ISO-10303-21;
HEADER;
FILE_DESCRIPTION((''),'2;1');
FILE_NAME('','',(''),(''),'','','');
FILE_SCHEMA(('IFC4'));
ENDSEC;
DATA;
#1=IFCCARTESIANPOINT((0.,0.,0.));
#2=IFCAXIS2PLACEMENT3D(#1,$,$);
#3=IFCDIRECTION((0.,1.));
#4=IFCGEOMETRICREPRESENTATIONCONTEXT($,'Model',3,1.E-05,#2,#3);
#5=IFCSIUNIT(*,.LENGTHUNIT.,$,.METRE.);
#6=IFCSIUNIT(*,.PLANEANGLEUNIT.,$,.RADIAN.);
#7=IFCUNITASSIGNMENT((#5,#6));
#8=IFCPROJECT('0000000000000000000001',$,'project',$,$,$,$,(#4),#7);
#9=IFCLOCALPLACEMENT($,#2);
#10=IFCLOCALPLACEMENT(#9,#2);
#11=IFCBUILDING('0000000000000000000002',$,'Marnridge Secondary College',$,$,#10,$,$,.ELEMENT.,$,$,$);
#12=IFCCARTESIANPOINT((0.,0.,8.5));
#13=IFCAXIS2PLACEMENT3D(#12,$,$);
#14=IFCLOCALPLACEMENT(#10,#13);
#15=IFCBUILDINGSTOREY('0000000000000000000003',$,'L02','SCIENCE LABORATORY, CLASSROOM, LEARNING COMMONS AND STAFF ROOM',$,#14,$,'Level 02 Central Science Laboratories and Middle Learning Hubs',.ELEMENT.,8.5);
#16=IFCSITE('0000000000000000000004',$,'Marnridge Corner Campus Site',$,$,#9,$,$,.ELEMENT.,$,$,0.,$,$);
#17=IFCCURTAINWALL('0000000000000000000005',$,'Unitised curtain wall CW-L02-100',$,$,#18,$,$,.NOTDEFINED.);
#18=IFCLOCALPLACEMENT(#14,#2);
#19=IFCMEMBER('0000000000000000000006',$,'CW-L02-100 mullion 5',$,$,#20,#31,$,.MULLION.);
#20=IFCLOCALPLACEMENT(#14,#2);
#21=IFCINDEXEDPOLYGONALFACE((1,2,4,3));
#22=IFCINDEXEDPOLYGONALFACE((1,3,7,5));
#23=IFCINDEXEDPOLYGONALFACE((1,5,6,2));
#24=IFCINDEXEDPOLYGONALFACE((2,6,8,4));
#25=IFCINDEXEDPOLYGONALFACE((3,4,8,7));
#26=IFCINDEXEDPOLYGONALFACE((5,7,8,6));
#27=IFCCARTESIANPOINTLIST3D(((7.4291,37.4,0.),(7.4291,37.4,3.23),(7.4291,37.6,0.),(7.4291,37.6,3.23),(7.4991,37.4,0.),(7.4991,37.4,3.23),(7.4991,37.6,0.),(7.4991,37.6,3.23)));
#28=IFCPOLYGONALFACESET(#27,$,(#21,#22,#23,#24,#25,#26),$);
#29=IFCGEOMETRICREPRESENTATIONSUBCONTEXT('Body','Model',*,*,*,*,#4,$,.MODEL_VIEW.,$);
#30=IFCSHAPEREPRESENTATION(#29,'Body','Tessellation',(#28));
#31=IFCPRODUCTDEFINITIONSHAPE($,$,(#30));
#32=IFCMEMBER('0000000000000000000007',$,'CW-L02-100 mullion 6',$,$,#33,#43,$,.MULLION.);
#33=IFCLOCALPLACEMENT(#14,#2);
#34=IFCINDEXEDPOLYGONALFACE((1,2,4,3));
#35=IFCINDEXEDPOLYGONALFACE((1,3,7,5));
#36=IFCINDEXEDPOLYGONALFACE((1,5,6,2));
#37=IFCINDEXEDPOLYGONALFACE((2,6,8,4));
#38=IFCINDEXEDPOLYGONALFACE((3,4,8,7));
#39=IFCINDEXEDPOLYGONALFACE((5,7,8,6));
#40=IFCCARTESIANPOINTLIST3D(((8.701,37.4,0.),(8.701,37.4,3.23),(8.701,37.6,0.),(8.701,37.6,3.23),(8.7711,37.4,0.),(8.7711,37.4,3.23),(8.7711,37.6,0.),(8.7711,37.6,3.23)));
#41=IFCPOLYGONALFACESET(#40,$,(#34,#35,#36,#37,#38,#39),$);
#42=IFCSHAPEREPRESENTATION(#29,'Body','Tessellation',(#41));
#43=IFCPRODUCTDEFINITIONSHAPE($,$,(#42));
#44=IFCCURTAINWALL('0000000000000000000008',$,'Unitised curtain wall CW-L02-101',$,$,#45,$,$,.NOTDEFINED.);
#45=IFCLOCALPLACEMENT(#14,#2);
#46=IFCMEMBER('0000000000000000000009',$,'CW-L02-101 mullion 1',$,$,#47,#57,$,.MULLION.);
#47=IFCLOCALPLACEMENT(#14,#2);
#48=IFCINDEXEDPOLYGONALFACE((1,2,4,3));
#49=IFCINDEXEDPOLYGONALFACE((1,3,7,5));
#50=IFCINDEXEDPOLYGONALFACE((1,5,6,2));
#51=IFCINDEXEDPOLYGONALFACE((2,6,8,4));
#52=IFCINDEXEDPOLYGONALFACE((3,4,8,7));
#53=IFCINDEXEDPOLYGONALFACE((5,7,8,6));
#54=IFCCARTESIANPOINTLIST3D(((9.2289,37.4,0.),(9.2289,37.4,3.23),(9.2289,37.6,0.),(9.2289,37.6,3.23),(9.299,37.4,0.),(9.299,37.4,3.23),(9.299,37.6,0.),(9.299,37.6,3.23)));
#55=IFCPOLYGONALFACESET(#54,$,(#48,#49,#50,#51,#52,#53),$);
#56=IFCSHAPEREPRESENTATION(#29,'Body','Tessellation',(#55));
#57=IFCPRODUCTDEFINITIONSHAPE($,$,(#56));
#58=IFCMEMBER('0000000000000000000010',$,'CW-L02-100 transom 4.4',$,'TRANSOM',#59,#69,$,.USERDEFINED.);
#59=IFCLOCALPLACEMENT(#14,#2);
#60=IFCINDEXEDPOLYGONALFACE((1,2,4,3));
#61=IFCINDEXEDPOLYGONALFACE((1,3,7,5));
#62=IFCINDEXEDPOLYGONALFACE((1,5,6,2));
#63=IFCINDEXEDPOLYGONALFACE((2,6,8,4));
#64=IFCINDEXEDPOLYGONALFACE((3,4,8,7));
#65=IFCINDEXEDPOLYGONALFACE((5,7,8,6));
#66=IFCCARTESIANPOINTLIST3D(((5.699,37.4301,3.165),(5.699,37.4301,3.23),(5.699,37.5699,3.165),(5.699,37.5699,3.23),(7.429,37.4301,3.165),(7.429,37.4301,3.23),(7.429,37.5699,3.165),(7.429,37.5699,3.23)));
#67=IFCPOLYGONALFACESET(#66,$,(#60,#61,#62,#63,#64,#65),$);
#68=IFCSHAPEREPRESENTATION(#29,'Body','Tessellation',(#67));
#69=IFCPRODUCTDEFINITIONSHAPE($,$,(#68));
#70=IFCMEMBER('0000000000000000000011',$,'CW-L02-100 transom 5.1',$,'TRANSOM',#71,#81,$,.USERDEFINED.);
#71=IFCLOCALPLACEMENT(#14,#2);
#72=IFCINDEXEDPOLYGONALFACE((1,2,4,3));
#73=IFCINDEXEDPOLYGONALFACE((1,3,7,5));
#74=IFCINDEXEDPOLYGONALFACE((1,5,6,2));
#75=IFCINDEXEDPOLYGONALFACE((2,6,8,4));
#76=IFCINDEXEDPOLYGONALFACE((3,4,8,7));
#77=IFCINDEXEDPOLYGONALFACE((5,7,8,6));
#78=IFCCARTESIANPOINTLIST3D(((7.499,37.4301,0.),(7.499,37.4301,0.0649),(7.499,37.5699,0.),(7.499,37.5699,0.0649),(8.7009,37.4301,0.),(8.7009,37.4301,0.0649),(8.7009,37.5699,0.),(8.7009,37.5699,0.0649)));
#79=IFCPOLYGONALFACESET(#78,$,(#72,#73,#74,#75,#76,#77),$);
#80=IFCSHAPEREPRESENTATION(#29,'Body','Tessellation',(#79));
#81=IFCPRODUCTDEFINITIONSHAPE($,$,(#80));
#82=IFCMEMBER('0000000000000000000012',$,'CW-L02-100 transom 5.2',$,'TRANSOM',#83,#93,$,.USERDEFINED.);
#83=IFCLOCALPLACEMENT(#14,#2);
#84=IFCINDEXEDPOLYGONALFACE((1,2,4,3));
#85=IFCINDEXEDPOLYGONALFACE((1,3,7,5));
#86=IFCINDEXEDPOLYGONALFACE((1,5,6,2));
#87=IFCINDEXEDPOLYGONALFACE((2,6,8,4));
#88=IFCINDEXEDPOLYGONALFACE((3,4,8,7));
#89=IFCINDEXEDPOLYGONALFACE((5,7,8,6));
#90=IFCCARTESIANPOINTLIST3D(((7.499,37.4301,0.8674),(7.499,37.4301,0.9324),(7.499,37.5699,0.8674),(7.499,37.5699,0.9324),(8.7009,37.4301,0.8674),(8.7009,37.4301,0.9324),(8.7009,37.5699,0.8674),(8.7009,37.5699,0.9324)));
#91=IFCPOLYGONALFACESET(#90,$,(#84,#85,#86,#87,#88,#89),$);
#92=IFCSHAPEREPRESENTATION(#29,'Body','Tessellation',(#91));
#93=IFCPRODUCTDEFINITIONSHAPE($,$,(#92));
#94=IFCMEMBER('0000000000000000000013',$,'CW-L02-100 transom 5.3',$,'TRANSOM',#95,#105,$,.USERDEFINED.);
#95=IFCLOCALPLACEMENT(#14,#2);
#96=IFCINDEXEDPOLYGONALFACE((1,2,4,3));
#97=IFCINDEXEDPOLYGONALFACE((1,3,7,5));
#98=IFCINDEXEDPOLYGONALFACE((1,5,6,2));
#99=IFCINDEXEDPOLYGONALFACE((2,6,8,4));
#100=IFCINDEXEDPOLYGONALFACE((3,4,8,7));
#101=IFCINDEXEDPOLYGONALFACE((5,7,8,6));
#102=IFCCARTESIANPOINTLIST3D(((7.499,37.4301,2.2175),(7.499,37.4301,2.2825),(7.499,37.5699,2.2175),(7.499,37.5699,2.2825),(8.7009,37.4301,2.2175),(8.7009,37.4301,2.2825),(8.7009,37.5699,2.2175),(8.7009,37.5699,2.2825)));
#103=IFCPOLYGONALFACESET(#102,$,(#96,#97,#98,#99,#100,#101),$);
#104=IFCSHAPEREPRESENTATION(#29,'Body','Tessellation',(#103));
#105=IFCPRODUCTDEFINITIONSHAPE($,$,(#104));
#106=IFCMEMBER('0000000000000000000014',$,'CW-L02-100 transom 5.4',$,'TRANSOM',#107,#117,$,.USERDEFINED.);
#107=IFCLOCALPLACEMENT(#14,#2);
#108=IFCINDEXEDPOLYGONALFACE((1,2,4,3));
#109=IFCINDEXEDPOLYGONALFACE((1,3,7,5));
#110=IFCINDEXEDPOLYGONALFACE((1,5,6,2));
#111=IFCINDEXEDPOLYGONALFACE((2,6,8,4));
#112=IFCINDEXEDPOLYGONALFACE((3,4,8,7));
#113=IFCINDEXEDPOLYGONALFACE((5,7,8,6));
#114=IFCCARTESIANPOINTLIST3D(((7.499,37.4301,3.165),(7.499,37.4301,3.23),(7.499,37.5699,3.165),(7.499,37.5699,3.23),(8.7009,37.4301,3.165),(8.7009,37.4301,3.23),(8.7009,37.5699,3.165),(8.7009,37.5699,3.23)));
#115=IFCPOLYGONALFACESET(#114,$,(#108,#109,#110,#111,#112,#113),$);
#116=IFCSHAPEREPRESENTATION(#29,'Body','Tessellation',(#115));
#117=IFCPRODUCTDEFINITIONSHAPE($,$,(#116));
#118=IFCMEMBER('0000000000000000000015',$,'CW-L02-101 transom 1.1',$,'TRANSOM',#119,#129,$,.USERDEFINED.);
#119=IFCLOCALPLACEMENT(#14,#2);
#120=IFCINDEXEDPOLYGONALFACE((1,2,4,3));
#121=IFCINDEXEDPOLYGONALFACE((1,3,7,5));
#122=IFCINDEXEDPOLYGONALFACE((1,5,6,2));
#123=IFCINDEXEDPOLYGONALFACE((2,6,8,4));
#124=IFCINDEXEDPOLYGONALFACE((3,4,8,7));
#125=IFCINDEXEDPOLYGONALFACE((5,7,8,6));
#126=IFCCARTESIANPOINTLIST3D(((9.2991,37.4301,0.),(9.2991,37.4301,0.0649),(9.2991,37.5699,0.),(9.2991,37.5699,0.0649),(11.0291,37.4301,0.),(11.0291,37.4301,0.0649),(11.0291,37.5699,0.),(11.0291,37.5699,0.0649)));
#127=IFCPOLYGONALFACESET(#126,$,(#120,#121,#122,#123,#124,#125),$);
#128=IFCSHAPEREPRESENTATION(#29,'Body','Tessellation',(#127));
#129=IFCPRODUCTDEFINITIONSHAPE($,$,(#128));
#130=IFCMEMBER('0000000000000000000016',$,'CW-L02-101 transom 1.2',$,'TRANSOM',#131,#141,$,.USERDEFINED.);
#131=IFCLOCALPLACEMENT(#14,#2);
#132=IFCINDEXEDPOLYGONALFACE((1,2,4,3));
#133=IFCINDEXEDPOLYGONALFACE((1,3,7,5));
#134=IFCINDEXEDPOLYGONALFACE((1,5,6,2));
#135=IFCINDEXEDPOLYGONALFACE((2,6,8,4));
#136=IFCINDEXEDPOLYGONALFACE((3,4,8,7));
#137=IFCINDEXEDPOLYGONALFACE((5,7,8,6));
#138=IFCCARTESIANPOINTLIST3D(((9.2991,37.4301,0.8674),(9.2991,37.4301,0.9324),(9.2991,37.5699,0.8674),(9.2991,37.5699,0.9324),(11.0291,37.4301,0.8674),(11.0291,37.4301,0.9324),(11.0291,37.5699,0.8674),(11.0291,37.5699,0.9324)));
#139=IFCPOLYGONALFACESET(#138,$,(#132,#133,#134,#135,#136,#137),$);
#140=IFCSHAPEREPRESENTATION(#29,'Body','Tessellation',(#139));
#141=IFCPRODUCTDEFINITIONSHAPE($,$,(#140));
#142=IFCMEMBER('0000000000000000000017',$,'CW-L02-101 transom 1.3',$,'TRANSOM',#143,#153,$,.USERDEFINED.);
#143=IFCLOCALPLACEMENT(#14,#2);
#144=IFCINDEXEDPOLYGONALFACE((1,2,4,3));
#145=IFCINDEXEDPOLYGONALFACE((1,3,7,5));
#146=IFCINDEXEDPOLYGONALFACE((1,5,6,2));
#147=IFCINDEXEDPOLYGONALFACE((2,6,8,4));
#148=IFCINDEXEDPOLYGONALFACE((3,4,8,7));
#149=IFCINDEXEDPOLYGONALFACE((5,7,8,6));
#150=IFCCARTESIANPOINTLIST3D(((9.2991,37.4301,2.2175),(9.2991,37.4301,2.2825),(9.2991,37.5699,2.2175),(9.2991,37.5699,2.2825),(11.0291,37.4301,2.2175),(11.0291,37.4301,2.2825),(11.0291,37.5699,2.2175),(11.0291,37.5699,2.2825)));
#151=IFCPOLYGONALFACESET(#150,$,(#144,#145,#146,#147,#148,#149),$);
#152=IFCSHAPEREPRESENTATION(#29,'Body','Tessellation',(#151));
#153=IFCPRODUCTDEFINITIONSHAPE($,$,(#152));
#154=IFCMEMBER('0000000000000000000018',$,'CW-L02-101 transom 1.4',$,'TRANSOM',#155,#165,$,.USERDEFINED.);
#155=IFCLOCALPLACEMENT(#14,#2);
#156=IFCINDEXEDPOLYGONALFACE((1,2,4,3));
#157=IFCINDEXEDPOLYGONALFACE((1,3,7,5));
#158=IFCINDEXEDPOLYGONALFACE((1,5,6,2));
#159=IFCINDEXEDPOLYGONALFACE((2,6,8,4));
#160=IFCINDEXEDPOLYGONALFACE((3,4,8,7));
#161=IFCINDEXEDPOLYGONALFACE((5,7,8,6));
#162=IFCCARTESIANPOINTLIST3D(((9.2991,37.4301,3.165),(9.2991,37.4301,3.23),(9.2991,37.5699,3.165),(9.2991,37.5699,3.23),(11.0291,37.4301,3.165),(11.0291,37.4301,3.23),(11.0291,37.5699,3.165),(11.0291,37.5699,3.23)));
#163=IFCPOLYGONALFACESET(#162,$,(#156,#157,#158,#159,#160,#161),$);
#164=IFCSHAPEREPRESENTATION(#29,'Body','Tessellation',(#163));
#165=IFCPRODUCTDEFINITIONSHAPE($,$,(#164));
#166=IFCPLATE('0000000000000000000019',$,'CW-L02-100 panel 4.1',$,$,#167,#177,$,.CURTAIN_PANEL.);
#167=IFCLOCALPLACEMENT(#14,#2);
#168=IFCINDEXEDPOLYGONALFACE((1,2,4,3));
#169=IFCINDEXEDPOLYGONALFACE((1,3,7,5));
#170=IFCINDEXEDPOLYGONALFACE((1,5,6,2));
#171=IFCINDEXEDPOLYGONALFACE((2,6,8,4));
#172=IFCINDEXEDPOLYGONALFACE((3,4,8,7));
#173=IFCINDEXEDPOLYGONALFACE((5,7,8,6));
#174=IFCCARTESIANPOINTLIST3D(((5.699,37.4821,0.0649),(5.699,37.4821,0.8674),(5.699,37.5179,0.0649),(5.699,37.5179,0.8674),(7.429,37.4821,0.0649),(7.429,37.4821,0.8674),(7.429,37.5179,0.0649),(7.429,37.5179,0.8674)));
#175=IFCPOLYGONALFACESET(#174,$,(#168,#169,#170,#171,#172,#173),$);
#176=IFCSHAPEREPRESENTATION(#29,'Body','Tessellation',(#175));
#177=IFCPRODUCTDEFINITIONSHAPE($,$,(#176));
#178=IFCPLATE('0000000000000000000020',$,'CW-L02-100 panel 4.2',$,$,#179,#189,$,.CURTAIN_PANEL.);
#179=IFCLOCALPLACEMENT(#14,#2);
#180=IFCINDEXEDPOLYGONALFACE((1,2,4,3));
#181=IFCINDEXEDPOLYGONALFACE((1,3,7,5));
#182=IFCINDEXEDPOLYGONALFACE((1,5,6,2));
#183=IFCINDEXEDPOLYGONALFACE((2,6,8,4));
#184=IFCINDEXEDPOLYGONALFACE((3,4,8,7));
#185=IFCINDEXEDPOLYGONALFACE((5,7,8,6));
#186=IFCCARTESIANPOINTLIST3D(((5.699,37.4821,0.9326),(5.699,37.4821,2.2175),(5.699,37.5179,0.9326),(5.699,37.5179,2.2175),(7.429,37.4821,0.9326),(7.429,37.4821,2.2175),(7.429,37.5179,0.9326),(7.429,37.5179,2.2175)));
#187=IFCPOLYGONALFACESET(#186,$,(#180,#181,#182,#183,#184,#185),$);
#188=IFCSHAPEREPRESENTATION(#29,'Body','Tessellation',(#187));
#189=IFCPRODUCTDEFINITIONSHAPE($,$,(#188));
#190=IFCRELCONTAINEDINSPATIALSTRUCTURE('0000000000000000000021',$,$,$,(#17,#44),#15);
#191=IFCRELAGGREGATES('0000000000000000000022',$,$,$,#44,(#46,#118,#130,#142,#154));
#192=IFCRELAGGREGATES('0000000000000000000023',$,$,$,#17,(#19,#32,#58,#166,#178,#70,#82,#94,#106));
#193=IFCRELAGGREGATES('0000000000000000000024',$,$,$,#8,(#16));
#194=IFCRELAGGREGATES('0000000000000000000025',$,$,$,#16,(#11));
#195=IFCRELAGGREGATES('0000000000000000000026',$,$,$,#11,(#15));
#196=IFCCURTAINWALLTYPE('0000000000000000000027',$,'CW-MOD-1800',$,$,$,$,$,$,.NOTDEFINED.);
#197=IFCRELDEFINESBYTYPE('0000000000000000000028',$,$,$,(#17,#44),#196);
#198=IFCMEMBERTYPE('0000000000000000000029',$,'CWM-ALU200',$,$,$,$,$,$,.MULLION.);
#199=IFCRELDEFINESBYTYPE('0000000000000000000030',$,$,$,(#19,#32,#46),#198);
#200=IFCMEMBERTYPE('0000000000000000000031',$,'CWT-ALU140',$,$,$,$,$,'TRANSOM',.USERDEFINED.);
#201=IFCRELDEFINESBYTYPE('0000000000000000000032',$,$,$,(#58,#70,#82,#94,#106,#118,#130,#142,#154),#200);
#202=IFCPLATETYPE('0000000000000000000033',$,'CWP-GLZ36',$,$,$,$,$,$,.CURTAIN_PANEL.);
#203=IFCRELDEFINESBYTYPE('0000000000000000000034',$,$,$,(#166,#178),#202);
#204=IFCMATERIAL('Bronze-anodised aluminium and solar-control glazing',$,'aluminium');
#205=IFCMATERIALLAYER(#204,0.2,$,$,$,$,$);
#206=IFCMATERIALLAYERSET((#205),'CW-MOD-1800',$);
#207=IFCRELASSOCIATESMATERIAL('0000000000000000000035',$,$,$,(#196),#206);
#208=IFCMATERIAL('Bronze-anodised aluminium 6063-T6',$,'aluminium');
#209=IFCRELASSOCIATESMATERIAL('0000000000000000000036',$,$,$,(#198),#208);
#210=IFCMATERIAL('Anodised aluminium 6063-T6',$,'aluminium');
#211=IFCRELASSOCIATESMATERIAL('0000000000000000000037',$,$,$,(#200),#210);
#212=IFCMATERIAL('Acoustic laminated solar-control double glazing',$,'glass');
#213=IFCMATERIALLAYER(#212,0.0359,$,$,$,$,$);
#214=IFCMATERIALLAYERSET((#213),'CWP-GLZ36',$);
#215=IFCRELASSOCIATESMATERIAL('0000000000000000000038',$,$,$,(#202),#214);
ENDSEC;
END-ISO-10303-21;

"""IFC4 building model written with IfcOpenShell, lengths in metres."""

from ifc_helpers import new_model, si_unit, direction, frame, origin, origin_2d, place, context, subcontext, project, spatial, rectangle, extrude, material, layer, layer_set, material_profile, profile_set, type_object, element, aggregate, save


model = new_model("IFC4")

# Units and contexts
model_context = context("Model", 3, precision=1e-05, world=origin(), true_north=direction((0.0, 1.0)))
body_context = subcontext(model_context, "Body", "Model", "MODEL_VIEW")
ifc_project = project(units=[si_unit("LENGTHUNIT", "METRE"), si_unit("PLANEANGLEUNIT", "RADIAN")], contexts=[model_context])

# Site, building, storey
site_placement = place(None, origin())
site = spatial("IfcSite", under=ifc_project, at=site_placement, Name="Marnridge Corner Campus Site", CompositionType="ELEMENT", RefElevation=0.0)
building_placement = place(site_placement, origin())
building = spatial("IfcBuilding", under=site, at=building_placement, Name="Marnridge Secondary College", CompositionType="ELEMENT")
storey_placement = place(building_placement, frame((0.0, 0.0, 8.5)))
storey = spatial("IfcBuildingStorey", under=building, at=storey_placement, Name="L02", Description="SCIENCE LABORATORY, CLASSROOM, LEARNING COMMONS AND STAFF ROOM", LongName="Level 02 Central Science Laboratories and Middle Learning Hubs", CompositionType="ELEMENT", Elevation=8.5)

# Curtain wall, members
ifc_material_1 = material(Name="Bronze-anodised aluminium and solar-control glazing", Category="aluminium")
ifc_layer_1 = layer(ifc_material_1, 0.2)
ifc_layer_set_1 = layer_set([ifc_layer_1], Name="CW-MOD-1800")
curtain_wall_type = type_object("IfcCurtainWallType", Name="CW-MOD-1800", PredefinedType="NOTDEFINED", material=ifc_layer_set_1)
curtain_wall_1_placement = place(storey_placement, origin())
curtain_wall_1 = element("IfcCurtainWall", 1, at=curtain_wall_1_placement, inside=storey, type_object=curtain_wall_type, Name="Unitised curtain wall CW-L02-100", PredefinedType="NOTDEFINED")
ifc_material_2 = material(Name="Bronze-anodised aluminium 6063-T6", Category="aluminium")
ifc_material_profile_1 = material_profile(ifc_material_2, rectangle(XDim=0.0701, YDim=0.2, at=origin_2d()), Name="ALU 70x200")
ifc_profile_set_1 = profile_set([ifc_material_profile_1], Name="Bronze-anodised aluminium 6063-T6")
member_type_1 = type_object("IfcMemberType", Name="CWM-ALU200", PredefinedType="MULLION", material=ifc_profile_set_1)
member_1_placement = place(storey_placement, frame((7.4641, 37.5, 0.0), z_axis=(0.0, 0.0, 1.0), x_axis=(1.0, 0.0, 0.0)))
member_1 = element("IfcMember", 2, at=member_1_placement, type_object=member_type_1, Name="CW-L02-100 mullion 5", PredefinedType="MULLION", context=body_context, shape_type="SweptSolid", body=[
    extrude(rectangle(XDim=0.0701, YDim=0.2, at=origin_2d()), origin(), (0.0, 0.0, 1.0), 3.23),
])
member_2_placement = place(storey_placement, frame((8.7361, 37.5, 0.0), z_axis=(0.0, 0.0, 1.0), x_axis=(1.0, 0.0, 0.0)))
member_2 = element("IfcMember", 3, at=member_2_placement, type_object=member_type_1, Name="CW-L02-100 mullion 6", PredefinedType="MULLION", context=body_context, shape_type="SweptSolid", body=[
    extrude(rectangle(XDim=0.0701, YDim=0.2, at=origin_2d()), origin(), (0.0, 0.0, 1.0), 3.23),
])

# Curtain wall, member
curtain_wall_2_placement = place(storey_placement, origin())
curtain_wall_2 = element("IfcCurtainWall", 4, at=curtain_wall_2_placement, inside=storey, type_object=curtain_wall_type, Name="Unitised curtain wall CW-L02-101", PredefinedType="NOTDEFINED")
member_3_placement = place(storey_placement, frame((9.2639, 37.5, 0.0), z_axis=(0.0, 0.0, 1.0), x_axis=(1.0, 0.0, 0.0)))
member_3 = element("IfcMember", 5, at=member_3_placement, type_object=member_type_1, Name="CW-L02-101 mullion 1", PredefinedType="MULLION", context=body_context, shape_type="SweptSolid", body=[
    extrude(rectangle(XDim=0.0701, YDim=0.2, at=origin_2d()), origin(), (0.0, 0.0, 1.0), 3.23),
])

# Members
ifc_material_3 = material(Name="Anodised aluminium 6063-T6", Category="aluminium")
ifc_material_profile_2 = material_profile(ifc_material_3, rectangle(XDim=0.0649, YDim=0.1399, at=origin_2d()), Name="ALU 65x140")
ifc_profile_set_2 = profile_set([ifc_material_profile_2], Name="Anodised aluminium 6063-T6")
member_type_2 = type_object("IfcMemberType", Name="CWT-ALU140", ElementType="TRANSOM", PredefinedType="USERDEFINED", material=ifc_profile_set_2)
member_4_placement = place(storey_placement, frame((5.699, 37.5, 3.1975), z_axis=(1.0, 0.0, 0.0), x_axis=(0.0, 0.0, 1.0)))
member_4 = element("IfcMember", 6, at=member_4_placement, type_object=member_type_2, Name="CW-L02-100 transom 4.4", ObjectType="TRANSOM", PredefinedType="USERDEFINED", context=body_context, shape_type="SweptSolid", body=[
    extrude(rectangle(XDim=0.0649, YDim=0.1399, at=origin_2d()), origin(), (0.0, 0.0, 1.0), 1.73),
])
member_5_placement = place(storey_placement, frame((7.499, 37.5, 0.0325), z_axis=(1.0, 0.0, 0.0), x_axis=(0.0, 0.0, 1.0)))
member_5 = element("IfcMember", 7, at=member_5_placement, type_object=member_type_2, Name="CW-L02-100 transom 5.1", ObjectType="TRANSOM", PredefinedType="USERDEFINED", context=body_context, shape_type="SweptSolid", body=[
    extrude(rectangle(XDim=0.0649, YDim=0.1399, at=origin_2d()), origin(), (0.0, 0.0, 1.0), 1.2019),
])
member_6_placement = place(storey_placement, frame((7.499, 37.5, 0.8999), z_axis=(1.0, 0.0, 0.0), x_axis=(0.0, 0.0, 1.0)))
member_6 = element("IfcMember", 8, at=member_6_placement, type_object=member_type_2, Name="CW-L02-100 transom 5.2", ObjectType="TRANSOM", PredefinedType="USERDEFINED", context=body_context, shape_type="SweptSolid", body=[
    extrude(rectangle(XDim=0.0649, YDim=0.1399, at=origin_2d()), origin(), (0.0, 0.0, 1.0), 1.2019),
])
member_7_placement = place(storey_placement, frame((7.499, 37.5, 2.25), z_axis=(1.0, 0.0, 0.0), x_axis=(0.0, 0.0, 1.0)))
member_7 = element("IfcMember", 9, at=member_7_placement, type_object=member_type_2, Name="CW-L02-100 transom 5.3", ObjectType="TRANSOM", PredefinedType="USERDEFINED", context=body_context, shape_type="SweptSolid", body=[
    extrude(rectangle(XDim=0.0649, YDim=0.1399, at=origin_2d()), origin(), (0.0, 0.0, 1.0), 1.2019),
])
member_8_placement = place(storey_placement, frame((7.499, 37.5, 3.1975), z_axis=(1.0, 0.0, 0.0), x_axis=(0.0, 0.0, 1.0)))
member_8 = element("IfcMember", 10, at=member_8_placement, type_object=member_type_2, Name="CW-L02-100 transom 5.4", ObjectType="TRANSOM", PredefinedType="USERDEFINED", context=body_context, shape_type="SweptSolid", body=[
    extrude(rectangle(XDim=0.0649, YDim=0.1399, at=origin_2d()), origin(), (0.0, 0.0, 1.0), 1.2019),
])
member_9_placement = place(storey_placement, frame((9.2991, 37.5, 0.0325), z_axis=(1.0, 0.0, 0.0), x_axis=(0.0, 0.0, 1.0)))
member_9 = element("IfcMember", 11, at=member_9_placement, type_object=member_type_2, Name="CW-L02-101 transom 1.1", ObjectType="TRANSOM", PredefinedType="USERDEFINED", context=body_context, shape_type="SweptSolid", body=[
    extrude(rectangle(XDim=0.0649, YDim=0.1399, at=origin_2d()), origin(), (0.0, 0.0, 1.0), 1.73),
])
member_10_placement = place(storey_placement, frame((9.2991, 37.5, 0.8999), z_axis=(1.0, 0.0, 0.0), x_axis=(0.0, 0.0, 1.0)))
member_10 = element("IfcMember", 12, at=member_10_placement, type_object=member_type_2, Name="CW-L02-101 transom 1.2", ObjectType="TRANSOM", PredefinedType="USERDEFINED", context=body_context, shape_type="SweptSolid", body=[
    extrude(rectangle(XDim=0.0649, YDim=0.1399, at=origin_2d()), origin(), (0.0, 0.0, 1.0), 1.73),
])
member_11_placement = place(storey_placement, frame((9.2991, 37.5, 2.25), z_axis=(1.0, 0.0, 0.0), x_axis=(0.0, 0.0, 1.0)))
member_11 = element("IfcMember", 13, at=member_11_placement, type_object=member_type_2, Name="CW-L02-101 transom 1.3", ObjectType="TRANSOM", PredefinedType="USERDEFINED", context=body_context, shape_type="SweptSolid", body=[
    extrude(rectangle(XDim=0.0649, YDim=0.1399, at=origin_2d()), origin(), (0.0, 0.0, 1.0), 1.73),
])
member_12_placement = place(storey_placement, frame((9.2991, 37.5, 3.1975), z_axis=(1.0, 0.0, 0.0), x_axis=(0.0, 0.0, 1.0)))
member_12 = element("IfcMember", 14, at=member_12_placement, type_object=member_type_2, Name="CW-L02-101 transom 1.4", ObjectType="TRANSOM", PredefinedType="USERDEFINED", context=body_context, shape_type="SweptSolid", body=[
    extrude(rectangle(XDim=0.0649, YDim=0.1399, at=origin_2d()), origin(), (0.0, 0.0, 1.0), 1.73),
])
aggregate(curtain_wall_2, [member_3, member_9, member_10, member_11, member_12])

# Plates
ifc_material_4 = material(Name="Acoustic laminated solar-control double glazing", Category="glass")
ifc_layer_2 = layer(ifc_material_4, 0.0359)
ifc_layer_set_2 = layer_set([ifc_layer_2], Name="CWP-GLZ36")
plate_type = type_object("IfcPlateType", Name="CWP-GLZ36", PredefinedType="CURTAIN_PANEL", material=ifc_layer_set_2)
plate_1_placement = place(storey_placement, frame((6.564, 37.5, 0.0649), z_axis=(0.0, 0.0, 1.0), x_axis=(1.0, 0.0, 0.0)))
plate_1 = element("IfcPlate", 15, at=plate_1_placement, type_object=plate_type, Name="CW-L02-100 panel 4.1", PredefinedType="CURTAIN_PANEL", context=body_context, shape_type="SweptSolid", body=[
    extrude(rectangle(XDim=1.73, YDim=0.0359, at=origin_2d()), origin(), (0.0, 0.0, 1.0), 0.8025),
])
plate_2_placement = place(storey_placement, frame((6.564, 37.5, 0.9326), z_axis=(0.0, 0.0, 1.0), x_axis=(1.0, 0.0, 0.0)))
plate_2 = element("IfcPlate", 16, at=plate_2_placement, type_object=plate_type, Name="CW-L02-100 panel 4.2", PredefinedType="CURTAIN_PANEL", context=body_context, shape_type="SweptSolid", body=[
    extrude(rectangle(XDim=1.73, YDim=0.0359, at=origin_2d()), origin(), (0.0, 0.0, 1.0), 1.2849),
])
aggregate(curtain_wall_1, [member_1, member_2, member_4, plate_1, plate_2, member_5, member_6, member_7, member_8])

save(model, "model.ifc")
